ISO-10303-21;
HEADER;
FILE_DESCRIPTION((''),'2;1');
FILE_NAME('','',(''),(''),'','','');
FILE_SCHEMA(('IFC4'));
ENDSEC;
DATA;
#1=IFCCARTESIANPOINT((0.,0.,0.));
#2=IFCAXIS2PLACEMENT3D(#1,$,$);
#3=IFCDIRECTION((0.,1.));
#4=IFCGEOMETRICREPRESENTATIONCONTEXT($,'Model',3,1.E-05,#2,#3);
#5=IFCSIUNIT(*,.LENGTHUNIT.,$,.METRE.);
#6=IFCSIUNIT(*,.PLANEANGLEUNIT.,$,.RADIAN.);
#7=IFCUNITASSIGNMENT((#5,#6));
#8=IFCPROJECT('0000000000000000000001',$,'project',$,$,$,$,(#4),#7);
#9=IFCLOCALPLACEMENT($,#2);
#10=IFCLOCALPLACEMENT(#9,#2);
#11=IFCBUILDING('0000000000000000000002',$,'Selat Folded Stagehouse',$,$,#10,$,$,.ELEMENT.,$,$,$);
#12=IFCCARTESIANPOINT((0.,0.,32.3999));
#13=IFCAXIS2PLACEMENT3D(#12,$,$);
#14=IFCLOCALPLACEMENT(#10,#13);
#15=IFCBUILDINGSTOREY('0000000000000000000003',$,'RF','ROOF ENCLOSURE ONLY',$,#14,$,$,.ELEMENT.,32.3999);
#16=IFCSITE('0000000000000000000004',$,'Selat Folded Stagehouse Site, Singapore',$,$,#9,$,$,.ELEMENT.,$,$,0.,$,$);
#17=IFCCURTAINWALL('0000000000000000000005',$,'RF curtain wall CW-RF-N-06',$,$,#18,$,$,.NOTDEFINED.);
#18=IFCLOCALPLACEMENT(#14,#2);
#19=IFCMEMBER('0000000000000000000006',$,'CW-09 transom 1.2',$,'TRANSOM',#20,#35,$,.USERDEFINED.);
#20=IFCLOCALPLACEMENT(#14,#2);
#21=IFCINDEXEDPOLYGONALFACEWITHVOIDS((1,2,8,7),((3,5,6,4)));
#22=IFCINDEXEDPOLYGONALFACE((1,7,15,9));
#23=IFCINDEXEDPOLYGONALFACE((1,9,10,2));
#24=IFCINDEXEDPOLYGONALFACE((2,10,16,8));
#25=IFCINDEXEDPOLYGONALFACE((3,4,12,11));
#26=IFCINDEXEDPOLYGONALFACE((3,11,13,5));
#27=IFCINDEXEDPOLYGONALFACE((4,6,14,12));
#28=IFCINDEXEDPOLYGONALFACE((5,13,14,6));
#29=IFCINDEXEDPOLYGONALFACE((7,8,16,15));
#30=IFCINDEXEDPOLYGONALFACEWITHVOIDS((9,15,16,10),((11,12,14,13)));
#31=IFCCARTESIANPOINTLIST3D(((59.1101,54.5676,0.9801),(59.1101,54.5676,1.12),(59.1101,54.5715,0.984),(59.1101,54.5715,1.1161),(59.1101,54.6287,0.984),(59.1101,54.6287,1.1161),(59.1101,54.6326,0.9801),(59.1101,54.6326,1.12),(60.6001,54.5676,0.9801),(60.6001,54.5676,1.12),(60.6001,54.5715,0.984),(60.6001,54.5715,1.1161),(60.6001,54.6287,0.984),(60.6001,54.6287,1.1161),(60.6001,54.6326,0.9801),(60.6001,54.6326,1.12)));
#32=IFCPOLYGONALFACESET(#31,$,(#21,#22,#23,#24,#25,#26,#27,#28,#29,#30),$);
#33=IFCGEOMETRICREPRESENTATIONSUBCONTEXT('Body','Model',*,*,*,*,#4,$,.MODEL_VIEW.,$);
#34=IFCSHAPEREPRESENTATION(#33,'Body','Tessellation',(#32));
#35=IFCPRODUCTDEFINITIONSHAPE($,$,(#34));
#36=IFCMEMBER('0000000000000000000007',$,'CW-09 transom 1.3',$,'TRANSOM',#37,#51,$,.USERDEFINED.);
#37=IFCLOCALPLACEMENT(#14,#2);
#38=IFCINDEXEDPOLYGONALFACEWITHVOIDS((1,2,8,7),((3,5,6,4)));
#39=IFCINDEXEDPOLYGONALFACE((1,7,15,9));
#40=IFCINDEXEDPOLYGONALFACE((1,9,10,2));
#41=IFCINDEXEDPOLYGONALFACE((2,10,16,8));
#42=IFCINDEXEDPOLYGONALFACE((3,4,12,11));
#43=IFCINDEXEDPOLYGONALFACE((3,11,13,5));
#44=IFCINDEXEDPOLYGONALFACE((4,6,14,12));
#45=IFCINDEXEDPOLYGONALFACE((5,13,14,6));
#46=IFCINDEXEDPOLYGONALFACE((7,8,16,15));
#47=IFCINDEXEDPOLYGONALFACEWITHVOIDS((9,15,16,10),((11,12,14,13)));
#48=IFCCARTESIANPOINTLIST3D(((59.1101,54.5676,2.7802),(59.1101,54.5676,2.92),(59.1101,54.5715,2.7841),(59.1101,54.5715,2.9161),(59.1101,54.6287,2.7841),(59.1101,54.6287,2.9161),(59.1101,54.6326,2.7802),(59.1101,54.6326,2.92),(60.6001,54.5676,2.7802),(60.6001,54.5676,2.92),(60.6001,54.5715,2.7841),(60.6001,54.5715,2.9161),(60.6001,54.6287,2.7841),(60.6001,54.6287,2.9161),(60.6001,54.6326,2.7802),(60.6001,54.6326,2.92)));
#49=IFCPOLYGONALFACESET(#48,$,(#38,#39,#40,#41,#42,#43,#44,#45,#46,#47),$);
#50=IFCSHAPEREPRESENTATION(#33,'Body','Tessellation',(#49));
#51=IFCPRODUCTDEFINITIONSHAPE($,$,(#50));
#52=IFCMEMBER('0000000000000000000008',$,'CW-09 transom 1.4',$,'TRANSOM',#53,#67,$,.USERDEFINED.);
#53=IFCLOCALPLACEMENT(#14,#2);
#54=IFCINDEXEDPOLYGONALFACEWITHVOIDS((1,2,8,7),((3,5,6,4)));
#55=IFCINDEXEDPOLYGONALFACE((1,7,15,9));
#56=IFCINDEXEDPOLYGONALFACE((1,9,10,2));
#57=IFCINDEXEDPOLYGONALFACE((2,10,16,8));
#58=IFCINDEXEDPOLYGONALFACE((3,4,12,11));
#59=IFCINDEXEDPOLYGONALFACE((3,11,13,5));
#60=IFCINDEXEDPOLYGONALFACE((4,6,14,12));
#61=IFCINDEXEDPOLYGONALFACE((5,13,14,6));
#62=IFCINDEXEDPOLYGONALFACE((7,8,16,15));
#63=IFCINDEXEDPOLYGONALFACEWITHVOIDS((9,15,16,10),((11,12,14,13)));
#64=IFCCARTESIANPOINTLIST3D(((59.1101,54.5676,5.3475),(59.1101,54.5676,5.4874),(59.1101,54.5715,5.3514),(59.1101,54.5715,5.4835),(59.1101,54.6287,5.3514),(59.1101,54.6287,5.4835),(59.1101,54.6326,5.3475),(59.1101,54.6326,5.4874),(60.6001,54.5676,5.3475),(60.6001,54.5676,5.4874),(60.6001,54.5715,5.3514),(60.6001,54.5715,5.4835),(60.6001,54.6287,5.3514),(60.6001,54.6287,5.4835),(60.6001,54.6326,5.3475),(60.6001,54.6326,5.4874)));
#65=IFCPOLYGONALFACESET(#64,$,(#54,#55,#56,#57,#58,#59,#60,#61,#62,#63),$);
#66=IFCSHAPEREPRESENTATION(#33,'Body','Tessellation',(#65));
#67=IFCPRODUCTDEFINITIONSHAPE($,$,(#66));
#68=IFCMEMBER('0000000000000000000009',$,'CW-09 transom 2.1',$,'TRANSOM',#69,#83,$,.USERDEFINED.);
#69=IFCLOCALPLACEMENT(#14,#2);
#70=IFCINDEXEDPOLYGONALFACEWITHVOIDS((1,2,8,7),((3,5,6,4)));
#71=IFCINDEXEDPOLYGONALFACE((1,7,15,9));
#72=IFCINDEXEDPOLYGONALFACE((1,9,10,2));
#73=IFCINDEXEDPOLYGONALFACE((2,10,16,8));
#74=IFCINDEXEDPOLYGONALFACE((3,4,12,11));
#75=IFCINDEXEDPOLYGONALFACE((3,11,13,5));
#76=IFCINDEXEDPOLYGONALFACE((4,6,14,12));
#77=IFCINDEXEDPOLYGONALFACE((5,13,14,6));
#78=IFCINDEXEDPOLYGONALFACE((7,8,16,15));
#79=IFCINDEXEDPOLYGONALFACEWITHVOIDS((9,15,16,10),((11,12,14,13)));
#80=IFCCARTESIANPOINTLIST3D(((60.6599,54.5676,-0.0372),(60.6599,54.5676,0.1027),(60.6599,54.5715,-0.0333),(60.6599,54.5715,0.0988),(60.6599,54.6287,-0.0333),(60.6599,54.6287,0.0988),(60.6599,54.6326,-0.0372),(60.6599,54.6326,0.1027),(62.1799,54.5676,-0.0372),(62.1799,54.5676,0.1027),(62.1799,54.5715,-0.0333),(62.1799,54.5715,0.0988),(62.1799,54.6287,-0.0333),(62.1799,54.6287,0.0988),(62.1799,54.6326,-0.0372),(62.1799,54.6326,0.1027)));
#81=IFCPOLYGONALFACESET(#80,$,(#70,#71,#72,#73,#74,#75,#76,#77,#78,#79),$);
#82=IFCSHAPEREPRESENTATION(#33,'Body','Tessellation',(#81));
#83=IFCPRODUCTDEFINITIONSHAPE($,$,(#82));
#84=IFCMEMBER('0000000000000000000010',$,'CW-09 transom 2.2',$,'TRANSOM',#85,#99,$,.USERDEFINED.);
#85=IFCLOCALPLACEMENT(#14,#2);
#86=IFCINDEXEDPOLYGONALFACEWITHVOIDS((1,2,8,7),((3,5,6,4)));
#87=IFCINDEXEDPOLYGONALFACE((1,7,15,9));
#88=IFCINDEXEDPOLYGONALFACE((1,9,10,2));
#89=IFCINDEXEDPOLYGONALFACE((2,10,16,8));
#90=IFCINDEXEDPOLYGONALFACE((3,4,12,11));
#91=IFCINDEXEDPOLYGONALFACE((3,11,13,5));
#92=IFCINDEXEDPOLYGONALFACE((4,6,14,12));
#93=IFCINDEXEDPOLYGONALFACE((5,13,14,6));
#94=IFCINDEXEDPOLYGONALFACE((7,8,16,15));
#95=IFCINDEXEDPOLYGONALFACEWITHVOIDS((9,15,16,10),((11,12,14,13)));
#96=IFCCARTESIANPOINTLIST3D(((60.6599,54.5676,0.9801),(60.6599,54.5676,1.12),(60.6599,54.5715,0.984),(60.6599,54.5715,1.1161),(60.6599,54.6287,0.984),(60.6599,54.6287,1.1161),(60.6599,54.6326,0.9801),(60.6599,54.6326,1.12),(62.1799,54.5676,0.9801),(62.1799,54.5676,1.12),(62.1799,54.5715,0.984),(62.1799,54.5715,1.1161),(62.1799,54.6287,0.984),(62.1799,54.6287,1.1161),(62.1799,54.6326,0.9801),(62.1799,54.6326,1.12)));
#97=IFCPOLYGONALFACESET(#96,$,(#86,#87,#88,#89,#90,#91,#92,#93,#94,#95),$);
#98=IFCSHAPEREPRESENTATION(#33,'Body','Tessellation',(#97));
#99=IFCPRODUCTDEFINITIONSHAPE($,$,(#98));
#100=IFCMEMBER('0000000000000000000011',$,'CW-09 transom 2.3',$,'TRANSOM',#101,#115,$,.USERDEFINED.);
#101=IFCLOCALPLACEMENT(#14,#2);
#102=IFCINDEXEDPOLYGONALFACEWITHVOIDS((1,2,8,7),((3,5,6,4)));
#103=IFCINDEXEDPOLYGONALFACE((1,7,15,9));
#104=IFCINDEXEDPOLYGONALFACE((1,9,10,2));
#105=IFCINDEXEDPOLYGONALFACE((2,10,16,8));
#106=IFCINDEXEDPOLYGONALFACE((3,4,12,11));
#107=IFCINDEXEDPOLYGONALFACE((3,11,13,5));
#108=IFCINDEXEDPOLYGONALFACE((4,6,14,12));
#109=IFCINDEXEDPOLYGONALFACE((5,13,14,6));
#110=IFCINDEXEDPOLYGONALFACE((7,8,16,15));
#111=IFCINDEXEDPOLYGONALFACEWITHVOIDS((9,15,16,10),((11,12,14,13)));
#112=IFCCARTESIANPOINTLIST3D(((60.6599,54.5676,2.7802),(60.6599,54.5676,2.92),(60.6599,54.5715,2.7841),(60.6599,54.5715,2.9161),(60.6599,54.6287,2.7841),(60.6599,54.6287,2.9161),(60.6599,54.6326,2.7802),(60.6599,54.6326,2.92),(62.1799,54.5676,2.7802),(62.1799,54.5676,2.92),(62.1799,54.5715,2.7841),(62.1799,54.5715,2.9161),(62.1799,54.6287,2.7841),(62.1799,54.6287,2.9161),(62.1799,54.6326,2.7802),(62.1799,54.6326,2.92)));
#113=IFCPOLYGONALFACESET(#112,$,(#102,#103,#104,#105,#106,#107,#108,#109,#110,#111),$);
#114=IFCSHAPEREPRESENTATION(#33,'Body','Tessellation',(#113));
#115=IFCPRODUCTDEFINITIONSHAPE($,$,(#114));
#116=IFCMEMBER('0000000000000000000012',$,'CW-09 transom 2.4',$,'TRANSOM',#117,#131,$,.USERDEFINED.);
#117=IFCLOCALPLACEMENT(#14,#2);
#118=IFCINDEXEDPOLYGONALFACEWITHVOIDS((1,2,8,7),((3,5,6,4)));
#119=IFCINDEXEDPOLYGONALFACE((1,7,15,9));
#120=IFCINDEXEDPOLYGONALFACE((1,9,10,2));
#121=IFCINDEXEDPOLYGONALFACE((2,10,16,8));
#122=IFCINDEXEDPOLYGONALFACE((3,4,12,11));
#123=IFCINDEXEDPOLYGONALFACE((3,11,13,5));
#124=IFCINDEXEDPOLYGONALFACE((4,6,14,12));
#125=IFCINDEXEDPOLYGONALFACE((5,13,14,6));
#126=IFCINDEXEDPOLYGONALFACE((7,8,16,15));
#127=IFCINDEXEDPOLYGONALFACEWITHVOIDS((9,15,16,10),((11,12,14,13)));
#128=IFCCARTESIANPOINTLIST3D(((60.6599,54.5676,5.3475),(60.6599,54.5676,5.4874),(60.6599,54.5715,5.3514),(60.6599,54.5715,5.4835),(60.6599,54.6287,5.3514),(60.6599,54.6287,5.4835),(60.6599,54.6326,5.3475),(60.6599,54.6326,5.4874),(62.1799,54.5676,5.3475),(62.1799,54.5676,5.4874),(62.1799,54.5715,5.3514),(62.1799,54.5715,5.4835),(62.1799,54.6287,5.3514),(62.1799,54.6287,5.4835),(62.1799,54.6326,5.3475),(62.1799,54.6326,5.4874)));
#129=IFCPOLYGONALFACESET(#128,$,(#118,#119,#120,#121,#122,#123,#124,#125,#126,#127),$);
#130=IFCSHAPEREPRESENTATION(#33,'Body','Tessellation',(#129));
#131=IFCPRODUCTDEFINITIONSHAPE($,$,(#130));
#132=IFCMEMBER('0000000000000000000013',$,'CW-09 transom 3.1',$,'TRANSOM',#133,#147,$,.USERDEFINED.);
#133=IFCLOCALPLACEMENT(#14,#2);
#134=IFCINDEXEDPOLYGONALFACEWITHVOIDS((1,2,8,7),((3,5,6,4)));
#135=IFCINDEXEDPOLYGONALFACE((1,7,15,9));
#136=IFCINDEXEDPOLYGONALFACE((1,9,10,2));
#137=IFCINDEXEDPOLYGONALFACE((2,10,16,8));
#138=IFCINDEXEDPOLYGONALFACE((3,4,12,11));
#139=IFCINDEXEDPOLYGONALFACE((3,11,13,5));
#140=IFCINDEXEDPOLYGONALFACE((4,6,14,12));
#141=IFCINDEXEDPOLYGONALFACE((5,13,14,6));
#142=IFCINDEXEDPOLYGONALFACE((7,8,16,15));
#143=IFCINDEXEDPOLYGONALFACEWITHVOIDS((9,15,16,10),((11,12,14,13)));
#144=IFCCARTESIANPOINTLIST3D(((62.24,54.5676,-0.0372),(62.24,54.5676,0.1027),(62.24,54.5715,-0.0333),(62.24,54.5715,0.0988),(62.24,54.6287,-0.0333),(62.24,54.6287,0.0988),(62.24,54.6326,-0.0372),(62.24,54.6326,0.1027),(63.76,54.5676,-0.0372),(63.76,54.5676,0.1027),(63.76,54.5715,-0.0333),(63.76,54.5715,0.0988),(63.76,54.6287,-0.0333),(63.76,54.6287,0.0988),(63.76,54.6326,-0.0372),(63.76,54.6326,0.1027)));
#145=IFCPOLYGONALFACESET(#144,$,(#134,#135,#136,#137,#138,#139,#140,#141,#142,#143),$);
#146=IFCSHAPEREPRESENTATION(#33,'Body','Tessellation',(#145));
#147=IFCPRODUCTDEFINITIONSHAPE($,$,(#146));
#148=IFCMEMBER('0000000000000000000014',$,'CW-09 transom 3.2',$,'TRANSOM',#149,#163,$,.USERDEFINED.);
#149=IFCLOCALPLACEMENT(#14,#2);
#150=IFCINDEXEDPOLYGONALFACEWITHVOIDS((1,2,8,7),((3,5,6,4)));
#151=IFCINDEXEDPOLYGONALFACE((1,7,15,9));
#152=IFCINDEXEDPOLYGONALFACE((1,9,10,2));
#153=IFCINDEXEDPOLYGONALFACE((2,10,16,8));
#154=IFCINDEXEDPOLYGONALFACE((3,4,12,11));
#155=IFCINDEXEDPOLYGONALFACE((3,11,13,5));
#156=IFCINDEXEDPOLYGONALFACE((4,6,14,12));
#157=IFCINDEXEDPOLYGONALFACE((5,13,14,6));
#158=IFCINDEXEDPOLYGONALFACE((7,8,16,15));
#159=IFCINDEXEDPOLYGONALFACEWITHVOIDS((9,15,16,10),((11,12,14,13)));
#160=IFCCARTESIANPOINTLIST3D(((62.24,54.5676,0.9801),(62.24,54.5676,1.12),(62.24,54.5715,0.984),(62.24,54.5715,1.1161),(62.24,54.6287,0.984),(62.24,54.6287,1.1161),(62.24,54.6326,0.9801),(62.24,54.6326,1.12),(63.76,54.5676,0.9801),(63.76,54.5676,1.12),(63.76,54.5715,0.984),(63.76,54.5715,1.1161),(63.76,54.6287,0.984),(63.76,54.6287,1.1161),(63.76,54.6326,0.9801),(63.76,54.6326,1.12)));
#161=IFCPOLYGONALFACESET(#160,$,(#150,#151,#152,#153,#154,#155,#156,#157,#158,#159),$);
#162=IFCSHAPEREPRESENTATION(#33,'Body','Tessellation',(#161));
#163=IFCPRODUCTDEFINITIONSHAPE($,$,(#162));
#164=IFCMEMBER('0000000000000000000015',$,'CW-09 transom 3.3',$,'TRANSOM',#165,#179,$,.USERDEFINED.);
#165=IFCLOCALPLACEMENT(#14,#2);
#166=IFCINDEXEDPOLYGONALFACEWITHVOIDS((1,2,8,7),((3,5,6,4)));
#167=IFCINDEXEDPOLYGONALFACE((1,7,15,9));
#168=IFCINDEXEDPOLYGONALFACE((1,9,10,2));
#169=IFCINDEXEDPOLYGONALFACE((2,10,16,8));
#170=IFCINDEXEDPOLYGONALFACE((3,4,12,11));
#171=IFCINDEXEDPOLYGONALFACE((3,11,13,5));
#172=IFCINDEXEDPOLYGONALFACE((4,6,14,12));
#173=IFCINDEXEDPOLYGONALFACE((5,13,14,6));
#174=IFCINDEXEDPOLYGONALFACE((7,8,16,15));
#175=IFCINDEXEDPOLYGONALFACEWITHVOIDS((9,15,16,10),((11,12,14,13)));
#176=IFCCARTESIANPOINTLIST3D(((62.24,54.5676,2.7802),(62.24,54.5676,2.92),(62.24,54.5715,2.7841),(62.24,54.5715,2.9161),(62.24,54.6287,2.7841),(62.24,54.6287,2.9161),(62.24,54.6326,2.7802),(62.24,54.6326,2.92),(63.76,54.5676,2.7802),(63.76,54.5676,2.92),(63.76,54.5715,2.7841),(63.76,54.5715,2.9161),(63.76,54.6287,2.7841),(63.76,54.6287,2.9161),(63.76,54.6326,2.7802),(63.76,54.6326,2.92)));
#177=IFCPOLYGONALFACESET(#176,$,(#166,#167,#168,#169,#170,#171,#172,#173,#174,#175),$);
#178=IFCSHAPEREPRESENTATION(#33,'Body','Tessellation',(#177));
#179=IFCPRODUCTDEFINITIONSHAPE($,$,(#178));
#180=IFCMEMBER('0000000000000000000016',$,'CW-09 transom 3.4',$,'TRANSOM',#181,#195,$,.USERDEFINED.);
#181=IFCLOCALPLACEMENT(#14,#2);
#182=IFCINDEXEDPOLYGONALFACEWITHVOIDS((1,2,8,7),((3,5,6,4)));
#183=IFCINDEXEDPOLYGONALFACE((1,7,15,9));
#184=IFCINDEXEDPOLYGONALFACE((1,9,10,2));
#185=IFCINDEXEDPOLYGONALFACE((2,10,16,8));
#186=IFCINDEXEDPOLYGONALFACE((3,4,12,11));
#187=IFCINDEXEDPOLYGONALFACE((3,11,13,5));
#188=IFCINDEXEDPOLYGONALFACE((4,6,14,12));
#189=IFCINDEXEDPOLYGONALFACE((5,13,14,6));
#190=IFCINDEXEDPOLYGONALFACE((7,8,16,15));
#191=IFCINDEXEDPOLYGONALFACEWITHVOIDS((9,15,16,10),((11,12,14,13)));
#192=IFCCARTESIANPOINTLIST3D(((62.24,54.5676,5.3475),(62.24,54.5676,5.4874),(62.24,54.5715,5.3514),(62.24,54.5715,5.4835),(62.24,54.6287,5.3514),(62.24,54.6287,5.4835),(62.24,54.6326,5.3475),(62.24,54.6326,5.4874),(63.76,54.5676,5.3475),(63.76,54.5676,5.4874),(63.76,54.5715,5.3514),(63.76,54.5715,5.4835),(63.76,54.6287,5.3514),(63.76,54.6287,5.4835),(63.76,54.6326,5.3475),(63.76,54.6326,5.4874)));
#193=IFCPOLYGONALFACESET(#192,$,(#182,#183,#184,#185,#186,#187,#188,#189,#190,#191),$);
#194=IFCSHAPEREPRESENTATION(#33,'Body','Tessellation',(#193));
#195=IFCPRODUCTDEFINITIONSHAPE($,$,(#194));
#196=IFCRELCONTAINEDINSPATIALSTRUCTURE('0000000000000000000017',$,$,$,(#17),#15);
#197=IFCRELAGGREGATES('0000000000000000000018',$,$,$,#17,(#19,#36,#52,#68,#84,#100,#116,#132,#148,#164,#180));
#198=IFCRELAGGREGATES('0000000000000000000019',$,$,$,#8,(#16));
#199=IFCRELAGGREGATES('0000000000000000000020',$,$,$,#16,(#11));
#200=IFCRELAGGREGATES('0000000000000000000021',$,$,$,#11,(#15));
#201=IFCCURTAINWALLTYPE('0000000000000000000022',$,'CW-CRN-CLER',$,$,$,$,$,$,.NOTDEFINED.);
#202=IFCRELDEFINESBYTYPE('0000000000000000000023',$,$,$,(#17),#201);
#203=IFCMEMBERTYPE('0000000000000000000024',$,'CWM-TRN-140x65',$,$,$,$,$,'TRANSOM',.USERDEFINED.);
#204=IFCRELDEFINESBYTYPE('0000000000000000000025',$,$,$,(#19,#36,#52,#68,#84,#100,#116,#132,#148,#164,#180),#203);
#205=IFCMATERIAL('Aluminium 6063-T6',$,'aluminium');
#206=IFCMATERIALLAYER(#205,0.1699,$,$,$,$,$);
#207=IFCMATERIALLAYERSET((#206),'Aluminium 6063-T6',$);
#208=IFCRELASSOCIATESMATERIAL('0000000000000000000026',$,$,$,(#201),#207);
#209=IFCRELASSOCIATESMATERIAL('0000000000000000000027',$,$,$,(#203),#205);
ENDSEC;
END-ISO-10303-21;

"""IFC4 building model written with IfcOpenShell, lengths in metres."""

from ifc_helpers import new_model, si_unit, direction, frame, origin, origin_2d, place, context, subcontext, project, spatial, hollow_rectangle, extrude, material, layer, layer_set, material_profile, profile_set, type_object, element, aggregate, save


model = new_model("IFC4")

# Units and contexts
model_context = context("Model", 3, precision=1e-05, world=origin(), true_north=direction((0.0, 1.0)))
body_context = subcontext(model_context, "Body", "Model", "MODEL_VIEW")
ifc_project = project(units=[si_unit("LENGTHUNIT", "METRE"), si_unit("PLANEANGLEUNIT", "RADIAN")], contexts=[model_context])

# Site, building, storey
site_placement = place(None, origin())
site = spatial("IfcSite", under=ifc_project, at=site_placement, Name="Selat Folded Stagehouse Site, Singapore", CompositionType="ELEMENT", RefElevation=0.0)
building_placement = place(site_placement, origin())
building = spatial("IfcBuilding", under=site, at=building_placement, Name="Selat Folded Stagehouse", CompositionType="ELEMENT")
storey_placement = place(building_placement, frame((0.0, 0.0, 32.3999)))
storey = spatial("IfcBuildingStorey", under=building, at=storey_placement, Name="RF", Description="ROOF ENCLOSURE ONLY", CompositionType="ELEMENT", Elevation=32.3999)

# Curtain wall, members
ifc_material_1 = material(Name="Aluminium 6063-T6", Category="aluminium")
ifc_layer_1 = layer(ifc_material_1, 0.1699)
ifc_layer_set_1 = layer_set([ifc_layer_1], Name="Aluminium 6063-T6")
curtain_wall_type = type_object("IfcCurtainWallType", Name="CW-CRN-CLER", PredefinedType="NOTDEFINED", material=ifc_layer_set_1)
curtain_wall_placement = place(storey_placement, origin())
curtain_wall = element("IfcCurtainWall", 1, at=curtain_wall_placement, inside=storey, type_object=curtain_wall_type, Name="RF curtain wall CW-RF-N-06", PredefinedType="NOTDEFINED")
ifc_material_profile_1 = material_profile(ifc_material_1, hollow_rectangle(XDim=0.0649, YDim=0.1399, WallThickness=0.0039, at=origin_2d()), Name="ALU 140x65x4.0")
ifc_profile_set_1 = profile_set([ifc_material_profile_1], Name="Aluminium 6063-T6")
member_type_1 = type_object("IfcMemberType", Name="CWM-TRN-140x65", ElementType="TRANSOM", PredefinedType="USERDEFINED", material=ifc_profile_set_1)
member_1_placement = place(storey_placement, frame((59.1101, 54.6001, 1.05), z_axis=(1.0, 0.0, 0.0), x_axis=(0.0, 1.0, 0.0)))
member_1 = element("IfcMember", 2, at=member_1_placement, type_object=member_type_1, Name="CW-09 transom 1.2", ObjectType="TRANSOM", PredefinedType="USERDEFINED", context=body_context, shape_type="SweptSolid", body=[
    extrude(hollow_rectangle(XDim=0.0649, YDim=0.1399, WallThickness=0.0039, at=origin_2d()), origin(), (0.0, 0.0, 1.0), 1.49),
])
member_2_placement = place(storey_placement, frame((59.1101, 54.6001, 2.8501), z_axis=(1.0, 0.0, 0.0), x_axis=(0.0, 1.0, 0.0)))
member_2 = element("IfcMember", 3, at=member_2_placement, type_object=member_type_1, Name="CW-09 transom 1.3", ObjectType="TRANSOM", PredefinedType="USERDEFINED", context=body_context, shape_type="SweptSolid", body=[
    extrude(hollow_rectangle(XDim=0.0649, YDim=0.1399, WallThickness=0.0039, at=origin_2d()), origin(), (0.0, 0.0, 1.0), 1.49),
])
member_3_placement = place(storey_placement, frame((59.1101, 54.6001, 5.4175), z_axis=(1.0, 0.0, 0.0), x_axis=(0.0, 1.0, 0.0)))
member_3 = element("IfcMember", 4, at=member_3_placement, type_object=member_type_1, Name="CW-09 transom 1.4", ObjectType="TRANSOM", PredefinedType="USERDEFINED", context=body_context, shape_type="SweptSolid", body=[
    extrude(hollow_rectangle(XDim=0.0649, YDim=0.1399, WallThickness=0.0039, at=origin_2d()), origin(), (0.0, 0.0, 1.0), 1.49),
])
member_4_placement = place(storey_placement, frame((60.6599, 54.6001, 0.0327), z_axis=(1.0, 0.0, 0.0), x_axis=(0.0, 1.0, 0.0)))
member_4 = element("IfcMember", 5, at=member_4_placement, type_object=member_type_1, Name="CW-09 transom 2.1", ObjectType="TRANSOM", PredefinedType="USERDEFINED", context=body_context, shape_type="SweptSolid", body=[
    extrude(hollow_rectangle(XDim=0.0649, YDim=0.1399, WallThickness=0.0039, at=origin_2d()), origin(), (0.0, 0.0, 1.0), 1.52),
])
member_5_placement = place(storey_placement, frame((60.6599, 54.6001, 1.05), z_axis=(1.0, 0.0, 0.0), x_axis=(0.0, 1.0, 0.0)))
member_5 = element("IfcMember", 6, at=member_5_placement, type_object=member_type_1, Name="CW-09 transom 2.2", ObjectType="TRANSOM", PredefinedType="USERDEFINED", context=body_context, shape_type="SweptSolid", body=[
    extrude(hollow_rectangle(XDim=0.0649, YDim=0.1399, WallThickness=0.0039, at=origin_2d()), origin(), (0.0, 0.0, 1.0), 1.52),
])
member_6_placement = place(storey_placement, frame((60.6599, 54.6001, 2.8501), z_axis=(1.0, 0.0, 0.0), x_axis=(0.0, 1.0, 0.0)))
member_6 = element("IfcMember", 7, at=member_6_placement, type_object=member_type_1, Name="CW-09 transom 2.3", ObjectType="TRANSOM", PredefinedType="USERDEFINED", context=body_context, shape_type="SweptSolid", body=[
    extrude(hollow_rectangle(XDim=0.0649, YDim=0.1399, WallThickness=0.0039, at=origin_2d()), origin(), (0.0, 0.0, 1.0), 1.52),
])
member_7_placement = place(storey_placement, frame((60.6599, 54.6001, 5.4175), z_axis=(1.0, 0.0, 0.0), x_axis=(0.0, 1.0, 0.0)))
member_7 = element("IfcMember", 8, at=member_7_placement, type_object=member_type_1, Name="CW-09 transom 2.4", ObjectType="TRANSOM", PredefinedType="USERDEFINED", context=body_context, shape_type="SweptSolid", body=[
    extrude(hollow_rectangle(XDim=0.0649, YDim=0.1399, WallThickness=0.0039, at=origin_2d()), origin(), (0.0, 0.0, 1.0), 1.52),
])
member_8_placement = place(storey_placement, frame((62.24, 54.6001, 0.0327), z_axis=(1.0, 0.0, 0.0), x_axis=(0.0, 1.0, 0.0)))
member_8 = element("IfcMember", 9, at=member_8_placement, type_object=member_type_1, Name="CW-09 transom 3.1", ObjectType="TRANSOM", PredefinedType="USERDEFINED", context=body_context, shape_type="SweptSolid", body=[
    extrude(hollow_rectangle(XDim=0.0649, YDim=0.1399, WallThickness=0.0039, at=origin_2d()), origin(), (0.0, 0.0, 1.0), 1.52),
])
member_9_placement = place(storey_placement, frame((62.24, 54.6001, 1.05), z_axis=(1.0, 0.0, 0.0), x_axis=(0.0, 1.0, 0.0)))
member_9 = element("IfcMember", 10, at=member_9_placement, type_object=member_type_1, Name="CW-09 transom 3.2", ObjectType="TRANSOM", PredefinedType="USERDEFINED", context=body_context, shape_type="SweptSolid", body=[
    extrude(hollow_rectangle(XDim=0.0649, YDim=0.1399, WallThickness=0.0039, at=origin_2d()), origin(), (0.0, 0.0, 1.0), 1.52),
])
member_10_placement = place(storey_placement, frame((62.24, 54.6001, 2.8501), z_axis=(1.0, 0.0, 0.0), x_axis=(0.0, 1.0, 0.0)))
member_10 = element("IfcMember", 11, at=member_10_placement, type_object=member_type_1, Name="CW-09 transom 3.3", ObjectType="TRANSOM", PredefinedType="USERDEFINED", context=body_context, shape_type="SweptSolid", body=[
    extrude(hollow_rectangle(XDim=0.0649, YDim=0.1399, WallThickness=0.0039, at=origin_2d()), origin(), (0.0, 0.0, 1.0), 1.52),
])
member_11_placement = place(storey_placement, frame((62.24, 54.6001, 5.4175), z_axis=(1.0, 0.0, 0.0), x_axis=(0.0, 1.0, 0.0)))
member_11 = element("IfcMember", 12, at=member_11_placement, type_object=member_type_1, Name="CW-09 transom 3.4", ObjectType="TRANSOM", PredefinedType="USERDEFINED", context=body_context, shape_type="SweptSolid", body=[
    extrude(hollow_rectangle(XDim=0.0649, YDim=0.1399, WallThickness=0.0039, at=origin_2d()), origin(), (0.0, 0.0, 1.0), 1.52),
])

aggregate(curtain_wall, [member_1, member_2, member_3, member_4, member_5, member_6, member_7, member_8, member_9, member_10, member_11])

save(model, "model.ifc")
